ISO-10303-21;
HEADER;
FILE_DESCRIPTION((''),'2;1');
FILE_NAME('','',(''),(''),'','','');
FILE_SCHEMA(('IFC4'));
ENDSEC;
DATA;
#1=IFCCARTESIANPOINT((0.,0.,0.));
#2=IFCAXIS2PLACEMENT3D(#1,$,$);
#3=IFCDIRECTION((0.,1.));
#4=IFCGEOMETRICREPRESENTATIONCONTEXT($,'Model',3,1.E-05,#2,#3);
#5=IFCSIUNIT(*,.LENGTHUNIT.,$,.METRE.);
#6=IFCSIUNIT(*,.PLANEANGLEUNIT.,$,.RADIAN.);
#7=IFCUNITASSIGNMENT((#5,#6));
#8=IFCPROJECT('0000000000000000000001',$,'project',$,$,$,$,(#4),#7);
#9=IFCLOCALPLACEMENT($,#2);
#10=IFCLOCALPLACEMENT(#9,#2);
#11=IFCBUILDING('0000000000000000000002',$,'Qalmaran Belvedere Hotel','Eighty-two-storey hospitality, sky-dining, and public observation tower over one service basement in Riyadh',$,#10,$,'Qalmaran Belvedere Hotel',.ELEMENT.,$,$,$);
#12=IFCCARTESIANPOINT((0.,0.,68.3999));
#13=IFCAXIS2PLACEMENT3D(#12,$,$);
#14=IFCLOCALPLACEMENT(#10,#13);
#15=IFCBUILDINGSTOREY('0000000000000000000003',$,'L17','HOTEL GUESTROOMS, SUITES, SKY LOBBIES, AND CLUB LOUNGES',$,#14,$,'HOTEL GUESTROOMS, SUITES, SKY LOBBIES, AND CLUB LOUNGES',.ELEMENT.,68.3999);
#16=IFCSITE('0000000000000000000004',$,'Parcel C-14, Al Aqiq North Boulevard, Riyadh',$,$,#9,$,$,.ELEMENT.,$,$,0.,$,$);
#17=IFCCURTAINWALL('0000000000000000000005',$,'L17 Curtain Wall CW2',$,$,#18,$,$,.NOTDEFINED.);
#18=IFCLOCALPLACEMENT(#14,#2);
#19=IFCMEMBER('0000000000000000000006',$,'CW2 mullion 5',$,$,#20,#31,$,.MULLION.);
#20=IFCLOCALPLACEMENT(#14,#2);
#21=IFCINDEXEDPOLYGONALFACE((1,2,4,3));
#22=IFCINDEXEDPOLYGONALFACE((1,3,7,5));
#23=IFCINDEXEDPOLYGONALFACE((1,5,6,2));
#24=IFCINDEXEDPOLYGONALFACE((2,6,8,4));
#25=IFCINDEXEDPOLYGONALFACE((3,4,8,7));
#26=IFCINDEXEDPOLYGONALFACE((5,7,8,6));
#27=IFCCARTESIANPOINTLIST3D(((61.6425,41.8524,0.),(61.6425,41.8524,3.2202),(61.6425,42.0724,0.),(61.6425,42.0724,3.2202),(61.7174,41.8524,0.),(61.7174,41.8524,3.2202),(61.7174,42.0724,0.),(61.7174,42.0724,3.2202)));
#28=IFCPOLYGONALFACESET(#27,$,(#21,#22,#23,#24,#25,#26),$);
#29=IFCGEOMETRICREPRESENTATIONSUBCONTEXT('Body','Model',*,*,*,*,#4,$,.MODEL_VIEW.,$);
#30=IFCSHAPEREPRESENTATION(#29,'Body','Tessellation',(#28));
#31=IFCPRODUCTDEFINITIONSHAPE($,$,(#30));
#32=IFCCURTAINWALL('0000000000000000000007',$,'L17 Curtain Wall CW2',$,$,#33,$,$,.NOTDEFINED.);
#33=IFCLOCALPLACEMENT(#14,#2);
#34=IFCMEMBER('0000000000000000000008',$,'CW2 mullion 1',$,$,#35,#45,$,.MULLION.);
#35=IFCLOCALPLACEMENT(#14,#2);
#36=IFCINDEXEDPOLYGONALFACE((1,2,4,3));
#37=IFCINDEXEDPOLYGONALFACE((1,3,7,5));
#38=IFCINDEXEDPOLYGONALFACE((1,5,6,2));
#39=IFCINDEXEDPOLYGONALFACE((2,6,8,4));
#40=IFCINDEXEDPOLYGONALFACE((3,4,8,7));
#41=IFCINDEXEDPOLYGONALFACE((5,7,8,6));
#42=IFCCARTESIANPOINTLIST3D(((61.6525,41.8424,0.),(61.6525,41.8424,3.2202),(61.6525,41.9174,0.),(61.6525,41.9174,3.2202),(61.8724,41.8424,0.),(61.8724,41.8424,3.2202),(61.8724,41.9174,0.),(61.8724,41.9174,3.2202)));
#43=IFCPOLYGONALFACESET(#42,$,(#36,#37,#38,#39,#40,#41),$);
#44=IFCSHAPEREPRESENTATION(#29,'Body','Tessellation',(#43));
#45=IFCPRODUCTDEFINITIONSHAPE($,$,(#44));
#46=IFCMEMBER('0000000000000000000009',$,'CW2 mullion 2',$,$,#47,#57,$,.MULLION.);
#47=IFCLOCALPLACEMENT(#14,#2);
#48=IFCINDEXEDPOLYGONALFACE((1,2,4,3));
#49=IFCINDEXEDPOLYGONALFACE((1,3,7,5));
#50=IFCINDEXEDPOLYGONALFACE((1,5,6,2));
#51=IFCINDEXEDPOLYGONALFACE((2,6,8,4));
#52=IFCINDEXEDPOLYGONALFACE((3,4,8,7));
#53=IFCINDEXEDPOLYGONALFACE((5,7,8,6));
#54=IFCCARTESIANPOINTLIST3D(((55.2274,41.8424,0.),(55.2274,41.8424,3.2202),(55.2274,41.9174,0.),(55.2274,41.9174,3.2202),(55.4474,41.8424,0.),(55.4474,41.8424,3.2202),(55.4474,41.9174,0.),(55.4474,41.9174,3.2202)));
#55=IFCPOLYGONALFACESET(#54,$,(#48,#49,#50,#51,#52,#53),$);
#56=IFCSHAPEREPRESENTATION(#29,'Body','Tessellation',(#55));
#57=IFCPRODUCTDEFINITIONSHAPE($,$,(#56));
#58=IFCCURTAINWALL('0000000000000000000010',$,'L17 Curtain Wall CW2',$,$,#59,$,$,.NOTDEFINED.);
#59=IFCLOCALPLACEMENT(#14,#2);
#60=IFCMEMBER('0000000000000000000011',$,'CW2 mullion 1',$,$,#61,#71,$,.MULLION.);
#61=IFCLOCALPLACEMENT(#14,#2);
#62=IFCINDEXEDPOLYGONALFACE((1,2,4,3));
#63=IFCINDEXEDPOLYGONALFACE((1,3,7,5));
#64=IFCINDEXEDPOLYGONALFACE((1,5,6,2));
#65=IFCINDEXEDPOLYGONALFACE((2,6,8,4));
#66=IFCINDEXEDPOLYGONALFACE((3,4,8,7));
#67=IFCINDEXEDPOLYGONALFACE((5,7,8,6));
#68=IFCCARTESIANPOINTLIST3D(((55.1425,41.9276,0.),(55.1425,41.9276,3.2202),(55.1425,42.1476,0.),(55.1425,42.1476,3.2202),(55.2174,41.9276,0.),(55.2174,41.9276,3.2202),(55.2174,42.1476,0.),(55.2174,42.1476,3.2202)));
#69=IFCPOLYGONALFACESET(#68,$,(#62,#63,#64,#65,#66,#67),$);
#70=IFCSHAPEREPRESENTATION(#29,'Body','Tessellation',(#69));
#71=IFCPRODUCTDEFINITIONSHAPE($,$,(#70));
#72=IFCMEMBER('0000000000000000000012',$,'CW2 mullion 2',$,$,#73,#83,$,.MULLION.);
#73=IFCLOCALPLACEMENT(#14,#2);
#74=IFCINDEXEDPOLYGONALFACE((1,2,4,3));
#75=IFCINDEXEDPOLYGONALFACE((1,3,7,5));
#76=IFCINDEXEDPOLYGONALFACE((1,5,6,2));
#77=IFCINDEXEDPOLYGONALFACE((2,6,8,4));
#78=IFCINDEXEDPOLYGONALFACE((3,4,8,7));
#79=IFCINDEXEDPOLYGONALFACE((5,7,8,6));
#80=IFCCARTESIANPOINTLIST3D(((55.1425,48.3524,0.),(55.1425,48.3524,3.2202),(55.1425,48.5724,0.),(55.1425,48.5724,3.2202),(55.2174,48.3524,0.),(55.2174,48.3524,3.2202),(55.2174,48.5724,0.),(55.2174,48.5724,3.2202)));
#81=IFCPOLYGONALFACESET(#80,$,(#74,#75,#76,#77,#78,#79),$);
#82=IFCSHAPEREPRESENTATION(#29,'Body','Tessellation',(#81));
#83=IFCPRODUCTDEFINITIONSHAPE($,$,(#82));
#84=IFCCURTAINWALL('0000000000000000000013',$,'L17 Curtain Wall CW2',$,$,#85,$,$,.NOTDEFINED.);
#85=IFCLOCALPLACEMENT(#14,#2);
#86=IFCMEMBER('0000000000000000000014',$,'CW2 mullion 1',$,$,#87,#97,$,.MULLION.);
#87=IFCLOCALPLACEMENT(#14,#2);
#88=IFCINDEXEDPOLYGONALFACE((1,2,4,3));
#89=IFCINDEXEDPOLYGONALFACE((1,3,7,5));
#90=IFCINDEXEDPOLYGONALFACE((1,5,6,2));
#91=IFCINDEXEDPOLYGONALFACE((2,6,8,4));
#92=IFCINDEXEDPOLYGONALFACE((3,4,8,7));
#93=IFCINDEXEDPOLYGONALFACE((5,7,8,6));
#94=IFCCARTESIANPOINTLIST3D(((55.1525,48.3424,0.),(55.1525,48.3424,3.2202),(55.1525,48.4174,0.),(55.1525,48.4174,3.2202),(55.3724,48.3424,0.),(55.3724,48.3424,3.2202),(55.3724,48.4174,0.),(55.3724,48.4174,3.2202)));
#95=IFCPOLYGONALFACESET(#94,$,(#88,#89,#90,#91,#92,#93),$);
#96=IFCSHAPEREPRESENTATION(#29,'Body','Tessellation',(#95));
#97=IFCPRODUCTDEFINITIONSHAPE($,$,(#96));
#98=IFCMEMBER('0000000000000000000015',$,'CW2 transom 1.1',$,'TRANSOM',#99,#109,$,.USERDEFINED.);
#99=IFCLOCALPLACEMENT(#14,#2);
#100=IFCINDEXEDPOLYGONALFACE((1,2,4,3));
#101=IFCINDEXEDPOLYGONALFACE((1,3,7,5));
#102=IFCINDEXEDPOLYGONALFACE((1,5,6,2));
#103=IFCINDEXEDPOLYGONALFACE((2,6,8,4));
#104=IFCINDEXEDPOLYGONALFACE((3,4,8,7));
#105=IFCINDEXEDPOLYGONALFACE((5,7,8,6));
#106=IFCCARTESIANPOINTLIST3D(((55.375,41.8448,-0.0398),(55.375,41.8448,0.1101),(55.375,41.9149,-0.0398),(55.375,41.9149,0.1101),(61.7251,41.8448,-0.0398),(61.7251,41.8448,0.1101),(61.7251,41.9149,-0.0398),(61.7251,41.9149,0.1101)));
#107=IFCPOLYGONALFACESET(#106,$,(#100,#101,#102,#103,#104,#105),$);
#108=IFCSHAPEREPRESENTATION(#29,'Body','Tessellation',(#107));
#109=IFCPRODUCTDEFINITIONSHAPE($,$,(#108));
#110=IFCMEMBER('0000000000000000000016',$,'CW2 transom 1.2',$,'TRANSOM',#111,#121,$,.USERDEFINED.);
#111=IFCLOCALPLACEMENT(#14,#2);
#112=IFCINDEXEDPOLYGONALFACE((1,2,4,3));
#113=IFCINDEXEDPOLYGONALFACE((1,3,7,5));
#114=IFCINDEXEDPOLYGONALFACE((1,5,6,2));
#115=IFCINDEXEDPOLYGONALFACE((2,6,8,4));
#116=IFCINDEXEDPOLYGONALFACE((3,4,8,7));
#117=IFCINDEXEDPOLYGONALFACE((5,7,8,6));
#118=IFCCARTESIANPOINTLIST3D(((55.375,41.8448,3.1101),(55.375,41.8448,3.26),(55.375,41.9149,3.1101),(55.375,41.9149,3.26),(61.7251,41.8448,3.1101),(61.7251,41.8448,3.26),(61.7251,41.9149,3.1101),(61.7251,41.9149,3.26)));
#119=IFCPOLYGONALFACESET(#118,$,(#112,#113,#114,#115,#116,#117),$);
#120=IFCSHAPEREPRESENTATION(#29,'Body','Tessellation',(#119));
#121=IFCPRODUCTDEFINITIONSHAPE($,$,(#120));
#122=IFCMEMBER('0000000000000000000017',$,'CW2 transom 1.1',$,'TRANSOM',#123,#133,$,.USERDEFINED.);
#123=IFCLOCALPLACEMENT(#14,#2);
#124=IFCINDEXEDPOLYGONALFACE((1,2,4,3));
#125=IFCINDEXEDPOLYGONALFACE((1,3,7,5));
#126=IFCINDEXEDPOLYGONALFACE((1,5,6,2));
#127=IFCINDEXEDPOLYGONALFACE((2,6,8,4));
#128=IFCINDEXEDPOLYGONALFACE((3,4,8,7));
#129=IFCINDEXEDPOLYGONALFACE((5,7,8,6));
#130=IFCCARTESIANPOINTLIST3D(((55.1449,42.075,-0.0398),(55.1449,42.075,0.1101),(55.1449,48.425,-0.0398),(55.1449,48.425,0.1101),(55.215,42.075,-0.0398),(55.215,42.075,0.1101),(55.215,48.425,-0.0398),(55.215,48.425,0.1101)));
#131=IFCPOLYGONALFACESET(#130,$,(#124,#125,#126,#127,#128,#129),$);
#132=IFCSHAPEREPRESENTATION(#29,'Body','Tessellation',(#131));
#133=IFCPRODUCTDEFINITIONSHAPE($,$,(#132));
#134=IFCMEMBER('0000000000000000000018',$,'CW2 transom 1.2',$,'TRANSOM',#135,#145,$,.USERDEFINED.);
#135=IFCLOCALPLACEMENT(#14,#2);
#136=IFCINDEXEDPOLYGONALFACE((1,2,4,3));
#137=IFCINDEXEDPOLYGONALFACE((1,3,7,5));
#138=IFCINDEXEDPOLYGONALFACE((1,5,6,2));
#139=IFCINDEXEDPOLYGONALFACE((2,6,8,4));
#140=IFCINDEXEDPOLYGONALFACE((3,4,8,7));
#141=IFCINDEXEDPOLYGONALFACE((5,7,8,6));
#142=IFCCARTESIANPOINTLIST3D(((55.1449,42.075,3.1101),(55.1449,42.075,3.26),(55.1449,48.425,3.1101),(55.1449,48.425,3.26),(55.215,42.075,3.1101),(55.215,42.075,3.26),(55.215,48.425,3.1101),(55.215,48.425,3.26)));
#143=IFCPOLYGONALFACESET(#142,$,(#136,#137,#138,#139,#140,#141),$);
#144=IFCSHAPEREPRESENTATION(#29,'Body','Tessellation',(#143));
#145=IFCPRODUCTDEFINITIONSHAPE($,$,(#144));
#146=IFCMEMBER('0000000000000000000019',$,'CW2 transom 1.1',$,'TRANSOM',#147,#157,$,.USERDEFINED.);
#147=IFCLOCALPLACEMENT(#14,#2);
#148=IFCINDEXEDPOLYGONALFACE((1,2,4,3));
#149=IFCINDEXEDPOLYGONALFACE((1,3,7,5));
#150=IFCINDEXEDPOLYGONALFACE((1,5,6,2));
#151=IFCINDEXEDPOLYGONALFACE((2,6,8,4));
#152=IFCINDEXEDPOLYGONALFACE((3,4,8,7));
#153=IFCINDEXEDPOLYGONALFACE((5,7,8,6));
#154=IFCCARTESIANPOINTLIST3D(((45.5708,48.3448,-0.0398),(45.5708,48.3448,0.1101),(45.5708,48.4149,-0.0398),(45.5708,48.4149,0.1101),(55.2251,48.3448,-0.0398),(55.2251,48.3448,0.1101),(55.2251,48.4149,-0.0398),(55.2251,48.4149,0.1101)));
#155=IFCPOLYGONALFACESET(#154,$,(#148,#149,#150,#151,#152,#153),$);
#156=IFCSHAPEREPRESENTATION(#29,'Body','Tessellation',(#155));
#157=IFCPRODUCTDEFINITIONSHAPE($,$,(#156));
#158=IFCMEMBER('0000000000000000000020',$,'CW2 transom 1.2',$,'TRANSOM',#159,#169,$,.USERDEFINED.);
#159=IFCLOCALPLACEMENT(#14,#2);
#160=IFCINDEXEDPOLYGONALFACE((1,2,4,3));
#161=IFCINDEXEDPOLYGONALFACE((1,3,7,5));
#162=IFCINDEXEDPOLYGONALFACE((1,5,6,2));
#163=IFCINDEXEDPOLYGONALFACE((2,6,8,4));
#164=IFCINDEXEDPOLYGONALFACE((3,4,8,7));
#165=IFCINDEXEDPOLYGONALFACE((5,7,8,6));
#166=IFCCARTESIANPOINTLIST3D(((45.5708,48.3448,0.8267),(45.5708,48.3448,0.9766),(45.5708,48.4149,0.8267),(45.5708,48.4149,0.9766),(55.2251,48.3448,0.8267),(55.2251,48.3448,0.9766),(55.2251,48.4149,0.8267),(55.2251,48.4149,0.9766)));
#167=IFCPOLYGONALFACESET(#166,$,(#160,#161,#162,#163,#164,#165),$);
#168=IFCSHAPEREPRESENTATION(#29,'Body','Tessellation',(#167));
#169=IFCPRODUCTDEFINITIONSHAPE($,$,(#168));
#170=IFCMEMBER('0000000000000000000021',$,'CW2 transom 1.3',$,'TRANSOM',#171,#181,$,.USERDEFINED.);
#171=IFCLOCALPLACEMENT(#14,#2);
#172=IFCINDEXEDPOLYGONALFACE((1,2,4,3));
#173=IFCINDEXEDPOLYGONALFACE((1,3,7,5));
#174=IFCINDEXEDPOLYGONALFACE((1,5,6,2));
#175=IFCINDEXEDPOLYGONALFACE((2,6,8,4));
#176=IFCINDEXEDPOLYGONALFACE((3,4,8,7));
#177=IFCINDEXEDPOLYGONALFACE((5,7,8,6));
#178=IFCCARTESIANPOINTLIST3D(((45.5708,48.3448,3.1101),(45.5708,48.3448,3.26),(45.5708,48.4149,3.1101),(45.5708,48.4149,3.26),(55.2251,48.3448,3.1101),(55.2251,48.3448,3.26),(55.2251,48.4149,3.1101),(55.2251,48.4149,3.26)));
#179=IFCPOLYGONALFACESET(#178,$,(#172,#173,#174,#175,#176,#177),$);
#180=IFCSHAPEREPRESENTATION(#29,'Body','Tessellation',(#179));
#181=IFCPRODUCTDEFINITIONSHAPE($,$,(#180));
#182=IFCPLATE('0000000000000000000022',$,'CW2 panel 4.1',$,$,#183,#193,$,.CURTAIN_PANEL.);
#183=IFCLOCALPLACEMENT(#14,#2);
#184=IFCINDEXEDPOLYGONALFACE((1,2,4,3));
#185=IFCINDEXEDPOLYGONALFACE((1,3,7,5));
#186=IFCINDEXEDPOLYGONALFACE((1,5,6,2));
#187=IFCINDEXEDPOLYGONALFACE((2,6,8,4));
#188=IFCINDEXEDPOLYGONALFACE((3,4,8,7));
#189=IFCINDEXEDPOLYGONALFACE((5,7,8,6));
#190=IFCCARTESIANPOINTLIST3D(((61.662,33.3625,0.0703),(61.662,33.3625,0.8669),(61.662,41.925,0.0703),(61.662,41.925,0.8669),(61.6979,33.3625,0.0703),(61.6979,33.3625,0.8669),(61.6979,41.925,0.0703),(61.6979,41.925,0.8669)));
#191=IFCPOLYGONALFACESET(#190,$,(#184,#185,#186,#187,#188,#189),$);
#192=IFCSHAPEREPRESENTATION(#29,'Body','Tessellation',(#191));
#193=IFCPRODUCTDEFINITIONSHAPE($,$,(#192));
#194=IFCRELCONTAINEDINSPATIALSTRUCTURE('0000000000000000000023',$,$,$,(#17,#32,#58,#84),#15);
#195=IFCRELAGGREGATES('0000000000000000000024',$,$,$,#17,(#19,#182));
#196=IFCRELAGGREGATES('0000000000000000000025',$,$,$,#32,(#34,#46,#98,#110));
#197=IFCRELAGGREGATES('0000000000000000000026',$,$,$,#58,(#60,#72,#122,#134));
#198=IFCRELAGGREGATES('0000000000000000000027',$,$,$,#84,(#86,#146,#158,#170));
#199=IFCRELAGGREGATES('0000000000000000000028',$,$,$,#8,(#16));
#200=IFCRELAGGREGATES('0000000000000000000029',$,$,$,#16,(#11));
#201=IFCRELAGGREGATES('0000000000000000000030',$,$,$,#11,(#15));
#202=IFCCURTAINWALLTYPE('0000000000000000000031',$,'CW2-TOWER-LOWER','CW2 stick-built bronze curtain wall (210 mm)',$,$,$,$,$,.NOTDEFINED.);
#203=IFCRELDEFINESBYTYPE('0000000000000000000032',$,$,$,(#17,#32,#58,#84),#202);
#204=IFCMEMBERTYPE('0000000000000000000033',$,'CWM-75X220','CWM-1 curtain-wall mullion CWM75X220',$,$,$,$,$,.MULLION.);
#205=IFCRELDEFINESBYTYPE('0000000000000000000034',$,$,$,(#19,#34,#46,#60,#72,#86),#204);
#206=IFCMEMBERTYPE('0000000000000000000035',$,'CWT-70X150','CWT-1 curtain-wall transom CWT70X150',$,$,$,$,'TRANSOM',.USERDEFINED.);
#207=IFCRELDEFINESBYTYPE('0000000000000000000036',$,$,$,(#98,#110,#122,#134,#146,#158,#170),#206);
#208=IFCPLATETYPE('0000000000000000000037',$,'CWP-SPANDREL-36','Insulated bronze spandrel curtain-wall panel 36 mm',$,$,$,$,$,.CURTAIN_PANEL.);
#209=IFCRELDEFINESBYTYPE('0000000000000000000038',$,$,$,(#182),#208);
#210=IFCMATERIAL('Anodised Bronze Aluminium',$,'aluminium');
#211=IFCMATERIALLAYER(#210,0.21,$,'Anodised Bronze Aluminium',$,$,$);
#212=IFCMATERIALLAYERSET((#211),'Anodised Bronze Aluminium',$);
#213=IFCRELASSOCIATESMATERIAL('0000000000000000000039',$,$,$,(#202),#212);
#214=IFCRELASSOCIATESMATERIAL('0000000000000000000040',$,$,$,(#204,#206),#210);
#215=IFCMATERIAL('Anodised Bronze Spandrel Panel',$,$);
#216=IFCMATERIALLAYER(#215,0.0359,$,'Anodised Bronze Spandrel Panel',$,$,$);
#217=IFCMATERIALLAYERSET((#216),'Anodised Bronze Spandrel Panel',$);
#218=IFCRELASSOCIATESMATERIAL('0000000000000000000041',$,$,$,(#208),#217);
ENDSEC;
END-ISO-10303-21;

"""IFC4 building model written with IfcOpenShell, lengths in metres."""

from ifc_helpers import new_model, si_unit, direction, frame, origin, origin_2d, place, context, subcontext, project, spatial, rectangle, extrude, material, layer, layer_set, material_profile, profile_set, type_object, element, aggregate, save


model = new_model("IFC4")

# Units and contexts
model_context = context("Model", 3, precision=1e-05, world=origin(), true_north=direction((0.0, 1.0)))
body_context = subcontext(model_context, "Body", "Model", "MODEL_VIEW")
ifc_project = project(units=[si_unit("LENGTHUNIT", "METRE"), si_unit("PLANEANGLEUNIT", "RADIAN")], contexts=[model_context])

# Site, building, storey
site_placement = place(None, origin())
site = spatial("IfcSite", under=ifc_project, at=site_placement, Name="Parcel C-14, Al Aqiq North Boulevard, Riyadh", CompositionType="ELEMENT", RefElevation=0.0)
building_placement = place(site_placement, origin())
building = spatial("IfcBuilding", under=site, at=building_placement, Name="Qalmaran Belvedere Hotel", Description="Eighty-two-storey hospitality, sky-dining, and public observation tower over one service basement in Riyadh", LongName="Qalmaran Belvedere Hotel", CompositionType="ELEMENT")
storey_placement = place(building_placement, frame((0.0, 0.0, 68.3999)))
storey = spatial("IfcBuildingStorey", under=building, at=storey_placement, Name="L17", Description="HOTEL GUESTROOMS, SUITES, SKY LOBBIES, AND CLUB LOUNGES", LongName="HOTEL GUESTROOMS, SUITES, SKY LOBBIES, AND CLUB LOUNGES", CompositionType="ELEMENT", Elevation=68.3999)

# Curtain wall, member
ifc_material_1 = material(Name="Anodised Bronze Aluminium", Category="aluminium")
ifc_layer_1 = layer(ifc_material_1, 0.21, Name="Anodised Bronze Aluminium")
ifc_layer_set_1 = layer_set([ifc_layer_1], Name="Anodised Bronze Aluminium")
curtain_wall_type = type_object("IfcCurtainWallType", Name="CW2-TOWER-LOWER", Description="CW2 stick-built bronze curtain wall (210 mm)", PredefinedType="NOTDEFINED", material=ifc_layer_set_1)
curtain_wall_1_placement = place(storey_placement, origin())
curtain_wall_1 = element("IfcCurtainWall", 1, at=curtain_wall_1_placement, inside=storey, type_object=curtain_wall_type, Name="L17 Curtain Wall CW2", PredefinedType="NOTDEFINED")
ifc_material_profile_1 = material_profile(ifc_material_1, rectangle(XDim=0.075, YDim=0.22, at=origin_2d()), Name="CWM75X220")
ifc_profile_set_1 = profile_set([ifc_material_profile_1], Name="Anodised Bronze Aluminium")
member_type_1 = type_object("IfcMemberType", Name="CWM-75X220", Description="CWM-1 curtain-wall mullion CWM75X220", PredefinedType="MULLION", material=ifc_profile_set_1)
member_1_placement = place(storey_placement, frame((61.6799, 41.9624, 0.0), z_axis=(0.0, 0.0, 1.0), x_axis=(-1.0, 0.0, 0.0)))
member_1 = element("IfcMember", 2, at=member_1_placement, type_object=member_type_1, Name="CW2 mullion 5", PredefinedType="MULLION", context=body_context, shape_type="SweptSolid", body=[
    extrude(rectangle(XDim=0.075, YDim=0.22, at=origin_2d()), origin(), (0.0, 0.0, 1.0), 3.2202),
])

# Curtain walls, members
curtain_wall_2_placement = place(storey_placement, origin())
curtain_wall_2 = element("IfcCurtainWall", 3, at=curtain_wall_2_placement, inside=storey, type_object=curtain_wall_type, Name="L17 Curtain Wall CW2", PredefinedType="NOTDEFINED")
member_2_placement = place(storey_placement, frame((61.7625, 41.8799, 0.0), z_axis=(0.0, 0.0, 1.0), x_axis=(0.0, -1.0, 0.0)))
member_2 = element("IfcMember", 4, at=member_2_placement, type_object=member_type_1, Name="CW2 mullion 1", PredefinedType="MULLION", context=body_context, shape_type="SweptSolid", body=[
    extrude(rectangle(XDim=0.075, YDim=0.22, at=origin_2d()), origin(), (0.0, 0.0, 1.0), 3.2202),
])
member_3_placement = place(storey_placement, frame((55.3374, 41.8799, 0.0), z_axis=(0.0, 0.0, 1.0), x_axis=(0.0, -1.0, 0.0)))
member_3 = element("IfcMember", 5, at=member_3_placement, type_object=member_type_1, Name="CW2 mullion 2", PredefinedType="MULLION", context=body_context, shape_type="SweptSolid", body=[
    extrude(rectangle(XDim=0.075, YDim=0.22, at=origin_2d()), origin(), (0.0, 0.0, 1.0), 3.2202),
])
curtain_wall_3_placement = place(storey_placement, origin())
curtain_wall_3 = element("IfcCurtainWall", 6, at=curtain_wall_3_placement, inside=storey, type_object=curtain_wall_type, Name="L17 Curtain Wall CW2", PredefinedType="NOTDEFINED")
member_4_placement = place(storey_placement, frame((55.1799, 42.0376, 0.0), z_axis=(0.0, 0.0, 1.0), x_axis=(-1.0, 0.0, 0.0)))
member_4 = element("IfcMember", 7, at=member_4_placement, type_object=member_type_1, Name="CW2 mullion 1", PredefinedType="MULLION", context=body_context, shape_type="SweptSolid", body=[
    extrude(rectangle(XDim=0.075, YDim=0.22, at=origin_2d()), origin(), (0.0, 0.0, 1.0), 3.2202),
])
member_5_placement = place(storey_placement, frame((55.1799, 48.4624, 0.0), z_axis=(0.0, 0.0, 1.0), x_axis=(-1.0, 0.0, 0.0)))
member_5 = element("IfcMember", 8, at=member_5_placement, type_object=member_type_1, Name="CW2 mullion 2", PredefinedType="MULLION", context=body_context, shape_type="SweptSolid", body=[
    extrude(rectangle(XDim=0.075, YDim=0.22, at=origin_2d()), origin(), (0.0, 0.0, 1.0), 3.2202),
])

# Curtain wall, member
curtain_wall_4_placement = place(storey_placement, origin())
curtain_wall_4 = element("IfcCurtainWall", 9, at=curtain_wall_4_placement, inside=storey, type_object=curtain_wall_type, Name="L17 Curtain Wall CW2", PredefinedType="NOTDEFINED")
member_6_placement = place(storey_placement, frame((55.2625, 48.3799, 0.0), z_axis=(0.0, 0.0, 1.0), x_axis=(0.0, -1.0, 0.0)))
member_6 = element("IfcMember", 10, at=member_6_placement, type_object=member_type_1, Name="CW2 mullion 1", PredefinedType="MULLION", context=body_context, shape_type="SweptSolid", body=[
    extrude(rectangle(XDim=0.075, YDim=0.22, at=origin_2d()), origin(), (0.0, 0.0, 1.0), 3.2202),
])

# Members
ifc_material_profile_2 = material_profile(ifc_material_1, rectangle(XDim=0.0701, YDim=0.1499, at=origin_2d()), Name="CWT70X150")
ifc_profile_set_2 = profile_set([ifc_material_profile_2], Name="Anodised Bronze Aluminium")
member_type_2 = type_object("IfcMemberType", Name="CWT-70X150", Description="CWT-1 curtain-wall transom CWT70X150", ElementType="TRANSOM", PredefinedType="USERDEFINED", material=ifc_profile_set_2)
member_7_placement = place(storey_placement, frame((61.7251, 41.8799, 0.0352), z_axis=(-1.0, 0.0, 0.0), x_axis=(0.0, -1.0, 0.0)))
member_7 = element("IfcMember", 11, at=member_7_placement, type_object=member_type_2, Name="CW2 transom 1.1", ObjectType="TRANSOM", PredefinedType="USERDEFINED", context=body_context, shape_type="SweptSolid", body=[
    extrude(rectangle(XDim=0.0701, YDim=0.1499, at=origin_2d()), origin(), (0.0, 0.0, 1.0), 6.3501),
])
member_8_placement = place(storey_placement, frame((61.7251, 41.8799, 3.1851), z_axis=(-1.0, 0.0, 0.0), x_axis=(0.0, -1.0, 0.0)))
member_8 = element("IfcMember", 12, at=member_8_placement, type_object=member_type_2, Name="CW2 transom 1.2", ObjectType="TRANSOM", PredefinedType="USERDEFINED", context=body_context, shape_type="SweptSolid", body=[
    extrude(rectangle(XDim=0.0701, YDim=0.1499, at=origin_2d()), origin(), (0.0, 0.0, 1.0), 6.3501),
])
member_9_placement = place(storey_placement, frame((55.1799, 42.075, 0.0352), z_axis=(0.0, 1.0, 0.0), x_axis=(-1.0, 0.0, 0.0)))
member_9 = element("IfcMember", 13, at=member_9_placement, type_object=member_type_2, Name="CW2 transom 1.1", ObjectType="TRANSOM", PredefinedType="USERDEFINED", context=body_context, shape_type="SweptSolid", body=[
    extrude(rectangle(XDim=0.0701, YDim=0.1499, at=origin_2d()), origin(), (0.0, 0.0, 1.0), 6.3501),
])
member_10_placement = place(storey_placement, frame((55.1799, 42.075, 3.1851), z_axis=(0.0, 1.0, 0.0), x_axis=(-1.0, 0.0, 0.0)))
member_10 = element("IfcMember", 14, at=member_10_placement, type_object=member_type_2, Name="CW2 transom 1.2", ObjectType="TRANSOM", PredefinedType="USERDEFINED", context=body_context, shape_type="SweptSolid", body=[
    extrude(rectangle(XDim=0.0701, YDim=0.1499, at=origin_2d()), origin(), (0.0, 0.0, 1.0), 6.3501),
])
member_11_placement = place(storey_placement, frame((55.2251, 48.3799, 0.0352), z_axis=(-1.0, 0.0, 0.0), x_axis=(0.0, -1.0, 0.0)))
member_11 = element("IfcMember", 15, at=member_11_placement, type_object=member_type_2, Name="CW2 transom 1.1", ObjectType="TRANSOM", PredefinedType="USERDEFINED", context=body_context, shape_type="SweptSolid", body=[
    extrude(rectangle(XDim=0.0701, YDim=0.1499, at=origin_2d()), origin(), (0.0, 0.0, 1.0), 9.6543),
])
member_12_placement = place(storey_placement, frame((55.2251, 48.3799, 0.9016), z_axis=(-1.0, 0.0, 0.0), x_axis=(0.0, -1.0, 0.0)))
member_12 = element("IfcMember", 16, at=member_12_placement, type_object=member_type_2, Name="CW2 transom 1.2", ObjectType="TRANSOM", PredefinedType="USERDEFINED", context=body_context, shape_type="SweptSolid", body=[
    extrude(rectangle(XDim=0.0701, YDim=0.1499, at=origin_2d()), origin(), (0.0, 0.0, 1.0), 9.6543),
])
member_13_placement = place(storey_placement, frame((55.2251, 48.3799, 3.1851), z_axis=(-1.0, 0.0, 0.0), x_axis=(0.0, -1.0, 0.0)))
member_13 = element("IfcMember", 17, at=member_13_placement, type_object=member_type_2, Name="CW2 transom 1.3", ObjectType="TRANSOM", PredefinedType="USERDEFINED", context=body_context, shape_type="SweptSolid", body=[
    extrude(rectangle(XDim=0.0701, YDim=0.1499, at=origin_2d()), origin(), (0.0, 0.0, 1.0), 9.6543),
])

# Plate
ifc_material_2 = material(Name="Anodised Bronze Spandrel Panel")
ifc_layer_2 = layer(ifc_material_2, 0.0359, Name="Anodised Bronze Spandrel Panel")
ifc_layer_set_2 = layer_set([ifc_layer_2], Name="Anodised Bronze Spandrel Panel")
plate_type_1 = type_object("IfcPlateType", Name="CWP-SPANDREL-36", Description="Insulated bronze spandrel curtain-wall panel 36 mm", PredefinedType="CURTAIN_PANEL", material=ifc_layer_set_2)
plate_1_placement = place(storey_placement, frame((61.6799, 37.6438, 0.0703), z_axis=(0.0, 0.0, 1.0), x_axis=(0.0, 1.0, 0.0)))
plate_1 = element("IfcPlate", 18, at=plate_1_placement, type_object=plate_type_1, Name="CW2 panel 4.1", PredefinedType="CURTAIN_PANEL", context=body_context, shape_type="SweptSolid", body=[
    extrude(rectangle(XDim=8.5625, YDim=0.0359, at=origin_2d()), origin(), (0.0, 0.0, 1.0), 0.7966),
])
aggregate(curtain_wall_1, [member_1, plate_1])
aggregate(curtain_wall_2, [member_2, member_3, member_7, member_8])
aggregate(curtain_wall_3, [member_4, member_5, member_9, member_10])
aggregate(curtain_wall_4, [member_6, member_11, member_12, member_13])

save(model, "model.ifc")
